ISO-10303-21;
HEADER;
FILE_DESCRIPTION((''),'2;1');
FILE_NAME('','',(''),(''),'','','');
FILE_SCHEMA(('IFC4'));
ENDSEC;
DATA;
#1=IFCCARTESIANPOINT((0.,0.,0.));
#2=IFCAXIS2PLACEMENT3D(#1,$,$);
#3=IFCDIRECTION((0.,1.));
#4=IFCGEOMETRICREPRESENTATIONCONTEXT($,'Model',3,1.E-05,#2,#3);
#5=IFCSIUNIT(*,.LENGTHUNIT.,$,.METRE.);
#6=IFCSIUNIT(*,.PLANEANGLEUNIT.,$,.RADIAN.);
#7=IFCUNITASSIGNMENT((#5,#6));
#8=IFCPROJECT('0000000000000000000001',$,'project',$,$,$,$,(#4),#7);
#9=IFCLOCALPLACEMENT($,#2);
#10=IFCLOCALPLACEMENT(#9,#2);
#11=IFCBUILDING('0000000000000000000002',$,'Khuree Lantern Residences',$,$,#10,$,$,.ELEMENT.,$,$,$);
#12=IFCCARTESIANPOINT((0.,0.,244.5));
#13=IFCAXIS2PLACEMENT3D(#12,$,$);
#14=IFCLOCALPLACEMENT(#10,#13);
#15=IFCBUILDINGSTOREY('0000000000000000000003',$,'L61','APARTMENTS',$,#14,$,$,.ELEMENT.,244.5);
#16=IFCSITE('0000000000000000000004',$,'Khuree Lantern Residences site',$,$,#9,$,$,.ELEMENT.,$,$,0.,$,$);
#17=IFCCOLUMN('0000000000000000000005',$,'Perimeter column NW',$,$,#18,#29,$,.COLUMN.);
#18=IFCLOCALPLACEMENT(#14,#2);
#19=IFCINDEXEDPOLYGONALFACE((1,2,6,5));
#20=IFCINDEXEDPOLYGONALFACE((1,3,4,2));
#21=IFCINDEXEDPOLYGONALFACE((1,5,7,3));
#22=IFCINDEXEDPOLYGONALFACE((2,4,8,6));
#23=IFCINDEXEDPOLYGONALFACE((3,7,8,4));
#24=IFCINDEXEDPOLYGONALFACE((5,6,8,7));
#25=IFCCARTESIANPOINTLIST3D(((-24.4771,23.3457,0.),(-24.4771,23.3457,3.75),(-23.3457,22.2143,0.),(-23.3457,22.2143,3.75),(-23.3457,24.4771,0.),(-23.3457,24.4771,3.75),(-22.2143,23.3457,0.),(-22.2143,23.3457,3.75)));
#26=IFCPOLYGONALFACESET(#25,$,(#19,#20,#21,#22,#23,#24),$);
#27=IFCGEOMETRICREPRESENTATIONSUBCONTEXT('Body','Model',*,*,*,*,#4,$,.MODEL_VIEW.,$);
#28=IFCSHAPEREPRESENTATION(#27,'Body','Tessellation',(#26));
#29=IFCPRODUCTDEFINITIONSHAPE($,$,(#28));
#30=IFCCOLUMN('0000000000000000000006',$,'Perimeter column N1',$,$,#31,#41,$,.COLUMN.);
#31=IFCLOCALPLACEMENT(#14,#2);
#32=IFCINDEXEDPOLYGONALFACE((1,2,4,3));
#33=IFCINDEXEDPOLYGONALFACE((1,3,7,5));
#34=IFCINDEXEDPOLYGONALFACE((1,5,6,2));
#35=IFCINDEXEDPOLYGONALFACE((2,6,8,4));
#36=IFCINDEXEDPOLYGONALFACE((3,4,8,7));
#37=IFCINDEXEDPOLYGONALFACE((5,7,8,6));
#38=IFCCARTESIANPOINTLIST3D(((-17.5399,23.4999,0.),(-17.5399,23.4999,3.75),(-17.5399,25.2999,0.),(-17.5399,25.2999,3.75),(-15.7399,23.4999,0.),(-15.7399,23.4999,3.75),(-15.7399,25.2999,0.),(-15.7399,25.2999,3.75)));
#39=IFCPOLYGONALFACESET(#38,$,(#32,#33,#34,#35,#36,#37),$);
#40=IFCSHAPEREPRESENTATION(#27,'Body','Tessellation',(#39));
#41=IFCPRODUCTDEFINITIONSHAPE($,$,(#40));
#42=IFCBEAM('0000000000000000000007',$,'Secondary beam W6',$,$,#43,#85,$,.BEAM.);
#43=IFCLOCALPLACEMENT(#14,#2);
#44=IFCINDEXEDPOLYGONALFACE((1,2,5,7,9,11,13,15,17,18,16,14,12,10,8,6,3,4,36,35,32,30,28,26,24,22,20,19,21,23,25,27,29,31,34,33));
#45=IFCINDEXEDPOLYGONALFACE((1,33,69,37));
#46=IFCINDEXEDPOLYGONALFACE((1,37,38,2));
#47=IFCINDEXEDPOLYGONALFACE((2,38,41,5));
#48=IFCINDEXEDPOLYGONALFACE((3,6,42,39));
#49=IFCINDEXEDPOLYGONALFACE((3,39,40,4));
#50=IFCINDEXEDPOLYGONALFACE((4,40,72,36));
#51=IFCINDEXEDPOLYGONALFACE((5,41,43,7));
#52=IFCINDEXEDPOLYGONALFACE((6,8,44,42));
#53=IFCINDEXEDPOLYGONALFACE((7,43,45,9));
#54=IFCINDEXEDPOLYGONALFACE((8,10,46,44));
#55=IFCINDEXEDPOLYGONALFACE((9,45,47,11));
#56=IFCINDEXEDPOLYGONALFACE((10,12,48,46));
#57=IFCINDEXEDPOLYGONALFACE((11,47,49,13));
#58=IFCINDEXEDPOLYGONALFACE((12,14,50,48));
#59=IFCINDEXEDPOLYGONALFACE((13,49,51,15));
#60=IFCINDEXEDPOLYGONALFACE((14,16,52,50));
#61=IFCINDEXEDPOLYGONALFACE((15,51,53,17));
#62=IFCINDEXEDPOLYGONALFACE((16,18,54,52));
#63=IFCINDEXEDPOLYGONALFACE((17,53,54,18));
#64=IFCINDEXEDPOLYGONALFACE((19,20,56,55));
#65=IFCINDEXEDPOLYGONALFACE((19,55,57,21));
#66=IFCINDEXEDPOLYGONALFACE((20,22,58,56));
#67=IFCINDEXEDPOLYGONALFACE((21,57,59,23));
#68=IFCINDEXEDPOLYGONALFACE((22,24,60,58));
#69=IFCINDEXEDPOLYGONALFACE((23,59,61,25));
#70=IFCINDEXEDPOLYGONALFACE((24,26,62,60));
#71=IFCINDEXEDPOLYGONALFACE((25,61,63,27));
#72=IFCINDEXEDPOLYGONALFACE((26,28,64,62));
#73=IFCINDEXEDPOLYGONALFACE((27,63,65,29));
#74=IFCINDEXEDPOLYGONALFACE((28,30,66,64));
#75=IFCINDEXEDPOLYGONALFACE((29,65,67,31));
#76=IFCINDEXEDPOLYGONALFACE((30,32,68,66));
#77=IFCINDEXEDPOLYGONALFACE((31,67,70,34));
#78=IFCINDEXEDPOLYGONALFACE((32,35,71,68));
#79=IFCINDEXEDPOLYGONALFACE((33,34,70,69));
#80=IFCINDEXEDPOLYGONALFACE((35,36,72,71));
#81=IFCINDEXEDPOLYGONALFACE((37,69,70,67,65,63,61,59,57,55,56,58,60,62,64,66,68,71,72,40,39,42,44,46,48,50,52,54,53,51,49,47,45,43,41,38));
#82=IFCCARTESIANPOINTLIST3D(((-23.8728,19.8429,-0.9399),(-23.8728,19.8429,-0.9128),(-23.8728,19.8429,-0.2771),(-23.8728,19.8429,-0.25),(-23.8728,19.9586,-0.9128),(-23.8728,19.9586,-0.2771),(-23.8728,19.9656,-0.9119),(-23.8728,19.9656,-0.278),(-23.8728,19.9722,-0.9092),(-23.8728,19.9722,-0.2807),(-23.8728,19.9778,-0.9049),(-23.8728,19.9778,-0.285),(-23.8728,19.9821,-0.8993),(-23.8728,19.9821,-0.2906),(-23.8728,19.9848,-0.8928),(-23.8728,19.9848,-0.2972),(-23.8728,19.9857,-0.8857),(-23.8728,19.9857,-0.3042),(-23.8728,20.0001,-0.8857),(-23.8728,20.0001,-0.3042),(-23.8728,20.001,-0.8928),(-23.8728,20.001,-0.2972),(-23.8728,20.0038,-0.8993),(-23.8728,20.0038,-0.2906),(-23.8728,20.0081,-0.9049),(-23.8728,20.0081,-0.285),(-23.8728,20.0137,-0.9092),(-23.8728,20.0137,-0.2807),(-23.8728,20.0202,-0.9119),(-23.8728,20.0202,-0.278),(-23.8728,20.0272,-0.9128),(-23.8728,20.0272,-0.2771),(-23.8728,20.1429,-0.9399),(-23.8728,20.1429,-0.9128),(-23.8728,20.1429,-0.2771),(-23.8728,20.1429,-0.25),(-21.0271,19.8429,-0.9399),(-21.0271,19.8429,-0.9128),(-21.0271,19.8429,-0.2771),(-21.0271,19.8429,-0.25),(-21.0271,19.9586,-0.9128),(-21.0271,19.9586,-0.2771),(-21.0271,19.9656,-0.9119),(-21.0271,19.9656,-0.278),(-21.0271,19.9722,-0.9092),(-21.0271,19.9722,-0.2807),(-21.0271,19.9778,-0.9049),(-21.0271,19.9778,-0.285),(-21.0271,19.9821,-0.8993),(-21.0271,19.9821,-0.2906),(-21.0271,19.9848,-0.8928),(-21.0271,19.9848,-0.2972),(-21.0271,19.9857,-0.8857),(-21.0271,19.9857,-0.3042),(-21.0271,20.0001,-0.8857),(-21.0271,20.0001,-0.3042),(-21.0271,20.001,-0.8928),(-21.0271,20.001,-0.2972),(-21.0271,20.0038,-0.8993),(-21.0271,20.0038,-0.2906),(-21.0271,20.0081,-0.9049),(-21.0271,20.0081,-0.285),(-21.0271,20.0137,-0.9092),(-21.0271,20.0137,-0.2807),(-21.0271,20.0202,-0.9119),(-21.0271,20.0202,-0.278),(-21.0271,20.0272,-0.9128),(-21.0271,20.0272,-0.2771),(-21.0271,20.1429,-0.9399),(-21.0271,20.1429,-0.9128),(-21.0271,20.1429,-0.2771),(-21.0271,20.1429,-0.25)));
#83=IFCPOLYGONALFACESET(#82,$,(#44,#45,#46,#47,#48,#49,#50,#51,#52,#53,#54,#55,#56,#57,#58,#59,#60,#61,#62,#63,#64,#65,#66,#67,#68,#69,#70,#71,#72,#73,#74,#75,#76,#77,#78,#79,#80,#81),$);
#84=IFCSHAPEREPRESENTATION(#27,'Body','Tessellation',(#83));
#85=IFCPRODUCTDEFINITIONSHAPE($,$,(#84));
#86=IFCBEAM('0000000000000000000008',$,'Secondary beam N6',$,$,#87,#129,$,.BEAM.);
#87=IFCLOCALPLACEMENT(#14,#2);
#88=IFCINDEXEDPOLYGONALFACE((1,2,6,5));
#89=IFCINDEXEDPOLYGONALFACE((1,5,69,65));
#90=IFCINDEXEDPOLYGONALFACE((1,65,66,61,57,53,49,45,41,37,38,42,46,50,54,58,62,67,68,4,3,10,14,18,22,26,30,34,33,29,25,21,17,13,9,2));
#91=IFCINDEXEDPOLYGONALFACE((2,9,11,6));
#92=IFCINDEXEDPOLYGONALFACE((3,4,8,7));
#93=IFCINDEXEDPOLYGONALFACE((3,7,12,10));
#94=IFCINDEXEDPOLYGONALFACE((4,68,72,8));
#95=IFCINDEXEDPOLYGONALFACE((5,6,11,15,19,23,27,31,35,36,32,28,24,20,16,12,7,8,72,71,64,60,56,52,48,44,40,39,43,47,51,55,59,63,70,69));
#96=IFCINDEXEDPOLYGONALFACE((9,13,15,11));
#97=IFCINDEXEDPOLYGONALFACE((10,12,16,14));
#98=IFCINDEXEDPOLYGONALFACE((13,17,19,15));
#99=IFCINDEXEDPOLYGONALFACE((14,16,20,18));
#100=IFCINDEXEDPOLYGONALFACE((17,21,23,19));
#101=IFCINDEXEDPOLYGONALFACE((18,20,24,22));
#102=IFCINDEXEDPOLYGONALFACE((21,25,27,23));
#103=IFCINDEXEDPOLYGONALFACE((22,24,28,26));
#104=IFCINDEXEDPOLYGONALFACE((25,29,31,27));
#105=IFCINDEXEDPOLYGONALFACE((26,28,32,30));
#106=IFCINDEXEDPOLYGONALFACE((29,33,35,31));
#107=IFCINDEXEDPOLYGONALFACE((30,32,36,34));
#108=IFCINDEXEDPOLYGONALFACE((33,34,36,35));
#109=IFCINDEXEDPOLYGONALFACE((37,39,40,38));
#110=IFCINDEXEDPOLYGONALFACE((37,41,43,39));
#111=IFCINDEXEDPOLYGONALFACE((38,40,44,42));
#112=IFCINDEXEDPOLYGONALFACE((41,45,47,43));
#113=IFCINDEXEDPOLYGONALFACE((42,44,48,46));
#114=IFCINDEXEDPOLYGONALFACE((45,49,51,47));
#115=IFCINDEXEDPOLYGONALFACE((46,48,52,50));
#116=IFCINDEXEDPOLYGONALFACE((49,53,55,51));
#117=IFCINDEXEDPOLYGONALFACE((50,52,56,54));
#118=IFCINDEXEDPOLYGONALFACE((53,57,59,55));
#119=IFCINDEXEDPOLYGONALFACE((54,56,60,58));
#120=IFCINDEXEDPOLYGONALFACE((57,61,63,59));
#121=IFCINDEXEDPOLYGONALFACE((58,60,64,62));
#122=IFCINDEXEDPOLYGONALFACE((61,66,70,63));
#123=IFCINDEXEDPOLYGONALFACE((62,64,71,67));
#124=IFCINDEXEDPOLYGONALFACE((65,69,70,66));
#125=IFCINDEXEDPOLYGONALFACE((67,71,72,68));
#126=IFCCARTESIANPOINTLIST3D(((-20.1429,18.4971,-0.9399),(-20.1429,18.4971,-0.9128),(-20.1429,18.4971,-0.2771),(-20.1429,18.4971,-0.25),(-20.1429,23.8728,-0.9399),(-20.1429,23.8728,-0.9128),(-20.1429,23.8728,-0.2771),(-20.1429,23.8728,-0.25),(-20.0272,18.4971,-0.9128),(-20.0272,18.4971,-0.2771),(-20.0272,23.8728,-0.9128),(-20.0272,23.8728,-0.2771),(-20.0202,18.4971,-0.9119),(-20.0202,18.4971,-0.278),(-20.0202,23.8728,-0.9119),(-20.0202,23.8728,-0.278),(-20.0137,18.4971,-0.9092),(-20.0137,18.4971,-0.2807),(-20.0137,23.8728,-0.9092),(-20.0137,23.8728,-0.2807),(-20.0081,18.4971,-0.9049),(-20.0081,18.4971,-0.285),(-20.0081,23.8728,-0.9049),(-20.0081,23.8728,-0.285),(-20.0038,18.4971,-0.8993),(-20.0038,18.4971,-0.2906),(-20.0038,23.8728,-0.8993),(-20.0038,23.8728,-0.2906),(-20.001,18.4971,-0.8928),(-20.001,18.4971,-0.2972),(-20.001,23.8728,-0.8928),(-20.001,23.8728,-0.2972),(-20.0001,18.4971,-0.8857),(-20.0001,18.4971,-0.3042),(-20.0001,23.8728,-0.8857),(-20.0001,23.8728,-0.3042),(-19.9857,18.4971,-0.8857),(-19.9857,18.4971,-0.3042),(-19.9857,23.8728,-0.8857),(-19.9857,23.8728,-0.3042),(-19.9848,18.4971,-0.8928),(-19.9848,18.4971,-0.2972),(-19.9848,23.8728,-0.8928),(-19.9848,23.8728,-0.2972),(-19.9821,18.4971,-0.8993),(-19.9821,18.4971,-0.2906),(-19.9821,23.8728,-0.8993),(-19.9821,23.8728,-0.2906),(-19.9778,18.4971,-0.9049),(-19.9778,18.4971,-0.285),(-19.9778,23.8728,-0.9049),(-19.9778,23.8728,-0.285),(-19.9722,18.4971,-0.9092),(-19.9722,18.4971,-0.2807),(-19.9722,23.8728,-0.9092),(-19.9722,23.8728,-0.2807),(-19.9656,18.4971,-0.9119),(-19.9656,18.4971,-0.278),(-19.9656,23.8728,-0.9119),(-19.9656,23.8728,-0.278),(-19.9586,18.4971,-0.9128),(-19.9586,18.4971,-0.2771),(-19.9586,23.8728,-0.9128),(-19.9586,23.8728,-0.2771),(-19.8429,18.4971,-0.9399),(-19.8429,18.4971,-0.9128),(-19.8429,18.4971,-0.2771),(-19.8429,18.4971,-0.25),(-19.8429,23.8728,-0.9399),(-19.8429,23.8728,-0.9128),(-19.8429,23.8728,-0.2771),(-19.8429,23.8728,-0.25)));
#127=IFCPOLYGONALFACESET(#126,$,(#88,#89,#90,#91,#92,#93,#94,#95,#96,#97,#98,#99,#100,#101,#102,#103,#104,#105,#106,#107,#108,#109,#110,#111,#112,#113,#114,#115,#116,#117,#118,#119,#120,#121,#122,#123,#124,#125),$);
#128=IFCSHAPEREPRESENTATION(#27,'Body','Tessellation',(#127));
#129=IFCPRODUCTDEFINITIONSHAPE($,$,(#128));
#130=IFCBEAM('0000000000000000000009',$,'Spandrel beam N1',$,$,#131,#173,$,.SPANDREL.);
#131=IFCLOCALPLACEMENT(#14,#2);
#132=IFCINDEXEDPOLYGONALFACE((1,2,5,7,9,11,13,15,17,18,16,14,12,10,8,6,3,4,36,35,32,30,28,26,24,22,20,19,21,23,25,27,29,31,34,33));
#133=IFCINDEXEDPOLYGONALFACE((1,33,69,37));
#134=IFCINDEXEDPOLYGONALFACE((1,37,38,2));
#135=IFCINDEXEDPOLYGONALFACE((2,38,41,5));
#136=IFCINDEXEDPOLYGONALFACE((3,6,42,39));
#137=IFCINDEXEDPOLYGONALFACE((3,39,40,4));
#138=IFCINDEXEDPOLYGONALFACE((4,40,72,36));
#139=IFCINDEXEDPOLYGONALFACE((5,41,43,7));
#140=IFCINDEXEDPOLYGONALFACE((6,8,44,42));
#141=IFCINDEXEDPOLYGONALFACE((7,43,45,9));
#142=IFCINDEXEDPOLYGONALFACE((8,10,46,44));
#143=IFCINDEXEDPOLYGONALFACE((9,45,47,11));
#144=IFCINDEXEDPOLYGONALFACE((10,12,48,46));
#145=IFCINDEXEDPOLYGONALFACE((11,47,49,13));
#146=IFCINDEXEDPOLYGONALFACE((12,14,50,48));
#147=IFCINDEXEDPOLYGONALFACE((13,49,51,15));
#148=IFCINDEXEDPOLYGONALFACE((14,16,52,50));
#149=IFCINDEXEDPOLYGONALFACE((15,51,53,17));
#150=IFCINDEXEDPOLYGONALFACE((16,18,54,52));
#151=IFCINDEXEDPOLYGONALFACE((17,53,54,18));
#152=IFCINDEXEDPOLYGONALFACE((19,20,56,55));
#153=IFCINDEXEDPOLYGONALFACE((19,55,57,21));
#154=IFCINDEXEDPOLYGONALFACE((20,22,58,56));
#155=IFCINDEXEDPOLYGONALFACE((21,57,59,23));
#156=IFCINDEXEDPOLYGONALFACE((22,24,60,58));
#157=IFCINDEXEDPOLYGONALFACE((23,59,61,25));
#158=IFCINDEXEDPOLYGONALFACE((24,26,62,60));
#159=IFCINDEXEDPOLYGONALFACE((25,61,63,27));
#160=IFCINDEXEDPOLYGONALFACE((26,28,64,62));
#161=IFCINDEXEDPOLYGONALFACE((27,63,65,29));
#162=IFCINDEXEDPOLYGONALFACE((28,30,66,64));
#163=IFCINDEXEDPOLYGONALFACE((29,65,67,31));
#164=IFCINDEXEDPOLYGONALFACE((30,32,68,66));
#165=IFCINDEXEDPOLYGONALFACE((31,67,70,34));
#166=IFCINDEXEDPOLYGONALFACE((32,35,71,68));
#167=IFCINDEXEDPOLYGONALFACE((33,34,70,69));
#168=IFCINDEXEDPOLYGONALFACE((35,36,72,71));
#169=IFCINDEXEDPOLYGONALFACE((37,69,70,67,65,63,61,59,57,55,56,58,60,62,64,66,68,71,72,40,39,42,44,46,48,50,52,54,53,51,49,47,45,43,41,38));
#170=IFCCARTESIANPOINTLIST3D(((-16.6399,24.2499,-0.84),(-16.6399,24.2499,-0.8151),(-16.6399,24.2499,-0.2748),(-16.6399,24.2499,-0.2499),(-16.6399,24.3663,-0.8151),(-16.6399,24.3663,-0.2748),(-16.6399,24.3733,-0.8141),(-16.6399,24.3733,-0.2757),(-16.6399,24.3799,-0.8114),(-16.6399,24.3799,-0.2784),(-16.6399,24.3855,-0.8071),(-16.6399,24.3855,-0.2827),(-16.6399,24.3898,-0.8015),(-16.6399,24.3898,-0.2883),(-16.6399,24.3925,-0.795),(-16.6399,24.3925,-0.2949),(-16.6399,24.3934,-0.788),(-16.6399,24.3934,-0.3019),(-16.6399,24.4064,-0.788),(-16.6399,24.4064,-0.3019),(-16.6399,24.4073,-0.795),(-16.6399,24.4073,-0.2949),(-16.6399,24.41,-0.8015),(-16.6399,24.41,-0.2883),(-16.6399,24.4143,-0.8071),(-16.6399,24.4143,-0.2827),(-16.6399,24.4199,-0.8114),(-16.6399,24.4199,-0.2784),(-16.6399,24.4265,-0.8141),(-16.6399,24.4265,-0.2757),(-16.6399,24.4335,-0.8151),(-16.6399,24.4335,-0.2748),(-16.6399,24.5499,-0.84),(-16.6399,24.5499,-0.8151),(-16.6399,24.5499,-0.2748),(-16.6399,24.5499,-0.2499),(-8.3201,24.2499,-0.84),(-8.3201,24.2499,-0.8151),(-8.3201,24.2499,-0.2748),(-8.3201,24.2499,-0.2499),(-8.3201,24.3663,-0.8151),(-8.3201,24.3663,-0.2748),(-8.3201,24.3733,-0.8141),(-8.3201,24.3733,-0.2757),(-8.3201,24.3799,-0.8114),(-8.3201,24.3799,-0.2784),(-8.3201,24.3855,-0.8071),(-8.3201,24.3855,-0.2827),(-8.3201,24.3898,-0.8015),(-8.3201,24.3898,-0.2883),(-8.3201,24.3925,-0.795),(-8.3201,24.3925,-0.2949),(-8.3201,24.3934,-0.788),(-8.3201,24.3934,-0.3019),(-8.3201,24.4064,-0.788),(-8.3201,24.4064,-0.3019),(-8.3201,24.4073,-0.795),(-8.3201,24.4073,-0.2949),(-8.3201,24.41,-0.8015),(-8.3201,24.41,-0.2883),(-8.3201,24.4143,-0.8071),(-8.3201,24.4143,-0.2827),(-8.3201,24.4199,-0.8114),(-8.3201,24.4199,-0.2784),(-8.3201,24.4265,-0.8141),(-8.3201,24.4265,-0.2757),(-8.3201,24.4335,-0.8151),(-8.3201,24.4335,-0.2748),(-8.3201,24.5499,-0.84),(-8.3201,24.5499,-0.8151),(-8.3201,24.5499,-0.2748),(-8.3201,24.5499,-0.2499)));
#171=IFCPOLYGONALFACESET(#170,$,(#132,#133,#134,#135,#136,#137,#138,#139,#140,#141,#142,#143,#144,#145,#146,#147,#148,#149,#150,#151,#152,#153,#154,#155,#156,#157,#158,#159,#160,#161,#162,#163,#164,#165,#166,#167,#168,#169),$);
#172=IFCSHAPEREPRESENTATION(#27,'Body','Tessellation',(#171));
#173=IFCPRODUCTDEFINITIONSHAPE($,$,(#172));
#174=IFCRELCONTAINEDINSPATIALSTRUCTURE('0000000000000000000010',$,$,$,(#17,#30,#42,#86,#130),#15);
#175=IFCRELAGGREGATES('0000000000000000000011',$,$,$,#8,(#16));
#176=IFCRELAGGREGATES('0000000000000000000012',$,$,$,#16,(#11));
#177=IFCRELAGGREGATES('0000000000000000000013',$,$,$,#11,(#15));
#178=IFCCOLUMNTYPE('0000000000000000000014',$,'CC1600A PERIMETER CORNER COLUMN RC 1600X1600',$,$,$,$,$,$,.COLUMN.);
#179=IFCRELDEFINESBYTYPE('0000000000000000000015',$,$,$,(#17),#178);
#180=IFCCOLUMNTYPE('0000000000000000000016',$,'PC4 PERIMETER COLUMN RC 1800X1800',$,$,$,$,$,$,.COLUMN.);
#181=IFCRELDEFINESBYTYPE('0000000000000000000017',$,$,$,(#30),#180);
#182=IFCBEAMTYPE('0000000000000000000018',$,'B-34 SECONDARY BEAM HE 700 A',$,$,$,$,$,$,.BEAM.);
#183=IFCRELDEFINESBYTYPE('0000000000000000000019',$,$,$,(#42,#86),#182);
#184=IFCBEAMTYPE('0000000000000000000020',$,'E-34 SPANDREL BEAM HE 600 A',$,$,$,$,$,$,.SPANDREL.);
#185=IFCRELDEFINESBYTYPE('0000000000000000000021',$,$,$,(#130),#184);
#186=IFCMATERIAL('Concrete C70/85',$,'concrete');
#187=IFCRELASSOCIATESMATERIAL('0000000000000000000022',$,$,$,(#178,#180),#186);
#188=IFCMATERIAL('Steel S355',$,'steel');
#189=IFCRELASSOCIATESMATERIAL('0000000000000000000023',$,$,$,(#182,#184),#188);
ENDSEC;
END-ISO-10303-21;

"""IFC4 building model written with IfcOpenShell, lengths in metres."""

from ifc_helpers import new_model, si_unit, direction, frame, origin, origin_2d, place, context, subcontext, project, spatial, rectangle, i_section, extrude, material, material_profile, profile_set, type_object, element, save


model = new_model("IFC4")

# Units and contexts
model_context = context("Model", 3, precision=1e-05, world=origin(), true_north=direction((0.0, 1.0)))
body_context = subcontext(model_context, "Body", "Model", "MODEL_VIEW")
ifc_project = project(units=[si_unit("LENGTHUNIT", "METRE"), si_unit("PLANEANGLEUNIT", "RADIAN")], contexts=[model_context])

# Site, building, storey
site_placement = place(None, origin())
site = spatial("IfcSite", under=ifc_project, at=site_placement, Name="Khuree Lantern Residences site", CompositionType="ELEMENT", RefElevation=0.0)
building_placement = place(site_placement, origin())
building = spatial("IfcBuilding", under=site, at=building_placement, Name="Khuree Lantern Residences", CompositionType="ELEMENT")
storey_placement = place(building_placement, frame((0.0, 0.0, 244.5)))
storey = spatial("IfcBuildingStorey", under=building, at=storey_placement, Name="L61", Description="APARTMENTS", CompositionType="ELEMENT", Elevation=244.5)

# Columns
ifc_material_1 = material(Name="Concrete C70/85", Category="concrete")
ifc_material_profile_1 = material_profile(ifc_material_1, rectangle(XDim=1.6001, YDim=1.6001, at=origin_2d()), Name="RC 1600X1600")
ifc_profile_set_1 = profile_set([ifc_material_profile_1], Name="Concrete C70/85")
column_type_1 = type_object("IfcColumnType", Name="CC1600A PERIMETER CORNER COLUMN RC 1600X1600", PredefinedType="COLUMN", material=ifc_profile_set_1)
column_1_placement = place(storey_placement, frame((-23.3457, 23.3457, 0.0), z_axis=(0.0, 0.0, 1.0), x_axis=(0.707107, 0.707107, 0.0)))
element("IfcColumn", 1, at=column_1_placement, inside=storey, type_object=column_type_1, Name="Perimeter column NW", PredefinedType="COLUMN", context=body_context, shape_type="SweptSolid", body=[
    extrude(rectangle(XDim=1.6001, YDim=1.6001, at=origin_2d()), origin(), (0.0, 0.0, 1.0), 3.75),
])
ifc_material_profile_2 = material_profile(ifc_material_1, rectangle(XDim=1.8, YDim=1.8, at=origin_2d()), Name="RC 1800X1800")
ifc_profile_set_2 = profile_set([ifc_material_profile_2], Name="Concrete C70/85")
column_type_2 = type_object("IfcColumnType", Name="PC4 PERIMETER COLUMN RC 1800X1800", PredefinedType="COLUMN", material=ifc_profile_set_2)
column_2_placement = place(storey_placement, frame((-16.6399, 24.3999, 0.0), z_axis=(0.0, 0.0, 1.0), x_axis=(1.0, 0.0, 0.0)))
element("IfcColumn", 2, at=column_2_placement, inside=storey, type_object=column_type_2, Name="Perimeter column N1", PredefinedType="COLUMN", context=body_context, shape_type="SweptSolid", body=[
    extrude(rectangle(XDim=1.8, YDim=1.8, at=origin_2d()), origin(), (0.0, 0.0, 1.0), 3.75),
])

# Beams
ifc_material_2 = material(Name="Steel S355", Category="steel")
ifc_material_profile_3 = material_profile(ifc_material_2, i_section(OverallWidth=0.3, OverallDepth=0.6899, WebThickness=0.0144, FlangeThickness=0.0271, FilletRadius=0.0271, at=origin_2d()), Name="HE 700 A")
ifc_profile_set_3 = profile_set([ifc_material_profile_3], Name="Steel S355")
beam_type_1 = type_object("IfcBeamType", Name="B-34 SECONDARY BEAM HE 700 A", PredefinedType="BEAM", material=ifc_profile_set_3)
beam_1_placement = place(storey_placement, frame((-23.8728, 19.9929, -0.595), z_axis=(1.0, 0.0, 0.0), x_axis=(0.0, 1.0, 0.0)))
element("IfcBeam", 3, at=beam_1_placement, inside=storey, type_object=beam_type_1, Name="Secondary beam W6", PredefinedType="BEAM", context=body_context, shape_type="SweptSolid", body=[
    extrude(i_section(OverallWidth=0.3, OverallDepth=0.6899, WebThickness=0.0144, FlangeThickness=0.0271, FilletRadius=0.0271, at=origin_2d()), origin(), (0.0, 0.0, 1.0), 2.8457),
])
beam_2_placement = place(storey_placement, frame((-19.9929, 23.8728, -0.595), z_axis=(0.0, -1.0, 0.0), x_axis=(1.0, 0.0, 0.0)))
element("IfcBeam", 4, at=beam_2_placement, inside=storey, type_object=beam_type_1, Name="Secondary beam N6", PredefinedType="BEAM", context=body_context, shape_type="SweptSolid", body=[
    extrude(i_section(OverallWidth=0.3, OverallDepth=0.6899, WebThickness=0.0144, FlangeThickness=0.0271, FilletRadius=0.0271, at=origin_2d()), origin(), (0.0, 0.0, 1.0), 5.3757),
])
ifc_material_profile_4 = material_profile(ifc_material_2, i_section(OverallWidth=0.3, OverallDepth=0.5901, WebThickness=0.0129, FlangeThickness=0.0249, FilletRadius=0.0271, at=origin_2d()), Name="HE 600 A")
ifc_profile_set_4 = profile_set([ifc_material_profile_4], Name="Steel S355")
beam_type_2 = type_object("IfcBeamType", Name="E-34 SPANDREL BEAM HE 600 A", PredefinedType="SPANDREL", material=ifc_profile_set_4)
beam_3_placement = place(storey_placement, frame((-16.6399, 24.3999, -0.5449), z_axis=(1.0, 0.0, 0.0), x_axis=(0.0, 1.0, 0.0)))
element("IfcBeam", 5, at=beam_3_placement, inside=storey, type_object=beam_type_2, Name="Spandrel beam N1", PredefinedType="SPANDREL", context=body_context, shape_type="SweptSolid", body=[
    extrude(i_section(OverallWidth=0.3, OverallDepth=0.5901, WebThickness=0.0129, FlangeThickness=0.0249, FilletRadius=0.0271, at=origin_2d()), origin(), (0.0, 0.0, 1.0), 8.3198),
])

save(model, "model.ifc")
